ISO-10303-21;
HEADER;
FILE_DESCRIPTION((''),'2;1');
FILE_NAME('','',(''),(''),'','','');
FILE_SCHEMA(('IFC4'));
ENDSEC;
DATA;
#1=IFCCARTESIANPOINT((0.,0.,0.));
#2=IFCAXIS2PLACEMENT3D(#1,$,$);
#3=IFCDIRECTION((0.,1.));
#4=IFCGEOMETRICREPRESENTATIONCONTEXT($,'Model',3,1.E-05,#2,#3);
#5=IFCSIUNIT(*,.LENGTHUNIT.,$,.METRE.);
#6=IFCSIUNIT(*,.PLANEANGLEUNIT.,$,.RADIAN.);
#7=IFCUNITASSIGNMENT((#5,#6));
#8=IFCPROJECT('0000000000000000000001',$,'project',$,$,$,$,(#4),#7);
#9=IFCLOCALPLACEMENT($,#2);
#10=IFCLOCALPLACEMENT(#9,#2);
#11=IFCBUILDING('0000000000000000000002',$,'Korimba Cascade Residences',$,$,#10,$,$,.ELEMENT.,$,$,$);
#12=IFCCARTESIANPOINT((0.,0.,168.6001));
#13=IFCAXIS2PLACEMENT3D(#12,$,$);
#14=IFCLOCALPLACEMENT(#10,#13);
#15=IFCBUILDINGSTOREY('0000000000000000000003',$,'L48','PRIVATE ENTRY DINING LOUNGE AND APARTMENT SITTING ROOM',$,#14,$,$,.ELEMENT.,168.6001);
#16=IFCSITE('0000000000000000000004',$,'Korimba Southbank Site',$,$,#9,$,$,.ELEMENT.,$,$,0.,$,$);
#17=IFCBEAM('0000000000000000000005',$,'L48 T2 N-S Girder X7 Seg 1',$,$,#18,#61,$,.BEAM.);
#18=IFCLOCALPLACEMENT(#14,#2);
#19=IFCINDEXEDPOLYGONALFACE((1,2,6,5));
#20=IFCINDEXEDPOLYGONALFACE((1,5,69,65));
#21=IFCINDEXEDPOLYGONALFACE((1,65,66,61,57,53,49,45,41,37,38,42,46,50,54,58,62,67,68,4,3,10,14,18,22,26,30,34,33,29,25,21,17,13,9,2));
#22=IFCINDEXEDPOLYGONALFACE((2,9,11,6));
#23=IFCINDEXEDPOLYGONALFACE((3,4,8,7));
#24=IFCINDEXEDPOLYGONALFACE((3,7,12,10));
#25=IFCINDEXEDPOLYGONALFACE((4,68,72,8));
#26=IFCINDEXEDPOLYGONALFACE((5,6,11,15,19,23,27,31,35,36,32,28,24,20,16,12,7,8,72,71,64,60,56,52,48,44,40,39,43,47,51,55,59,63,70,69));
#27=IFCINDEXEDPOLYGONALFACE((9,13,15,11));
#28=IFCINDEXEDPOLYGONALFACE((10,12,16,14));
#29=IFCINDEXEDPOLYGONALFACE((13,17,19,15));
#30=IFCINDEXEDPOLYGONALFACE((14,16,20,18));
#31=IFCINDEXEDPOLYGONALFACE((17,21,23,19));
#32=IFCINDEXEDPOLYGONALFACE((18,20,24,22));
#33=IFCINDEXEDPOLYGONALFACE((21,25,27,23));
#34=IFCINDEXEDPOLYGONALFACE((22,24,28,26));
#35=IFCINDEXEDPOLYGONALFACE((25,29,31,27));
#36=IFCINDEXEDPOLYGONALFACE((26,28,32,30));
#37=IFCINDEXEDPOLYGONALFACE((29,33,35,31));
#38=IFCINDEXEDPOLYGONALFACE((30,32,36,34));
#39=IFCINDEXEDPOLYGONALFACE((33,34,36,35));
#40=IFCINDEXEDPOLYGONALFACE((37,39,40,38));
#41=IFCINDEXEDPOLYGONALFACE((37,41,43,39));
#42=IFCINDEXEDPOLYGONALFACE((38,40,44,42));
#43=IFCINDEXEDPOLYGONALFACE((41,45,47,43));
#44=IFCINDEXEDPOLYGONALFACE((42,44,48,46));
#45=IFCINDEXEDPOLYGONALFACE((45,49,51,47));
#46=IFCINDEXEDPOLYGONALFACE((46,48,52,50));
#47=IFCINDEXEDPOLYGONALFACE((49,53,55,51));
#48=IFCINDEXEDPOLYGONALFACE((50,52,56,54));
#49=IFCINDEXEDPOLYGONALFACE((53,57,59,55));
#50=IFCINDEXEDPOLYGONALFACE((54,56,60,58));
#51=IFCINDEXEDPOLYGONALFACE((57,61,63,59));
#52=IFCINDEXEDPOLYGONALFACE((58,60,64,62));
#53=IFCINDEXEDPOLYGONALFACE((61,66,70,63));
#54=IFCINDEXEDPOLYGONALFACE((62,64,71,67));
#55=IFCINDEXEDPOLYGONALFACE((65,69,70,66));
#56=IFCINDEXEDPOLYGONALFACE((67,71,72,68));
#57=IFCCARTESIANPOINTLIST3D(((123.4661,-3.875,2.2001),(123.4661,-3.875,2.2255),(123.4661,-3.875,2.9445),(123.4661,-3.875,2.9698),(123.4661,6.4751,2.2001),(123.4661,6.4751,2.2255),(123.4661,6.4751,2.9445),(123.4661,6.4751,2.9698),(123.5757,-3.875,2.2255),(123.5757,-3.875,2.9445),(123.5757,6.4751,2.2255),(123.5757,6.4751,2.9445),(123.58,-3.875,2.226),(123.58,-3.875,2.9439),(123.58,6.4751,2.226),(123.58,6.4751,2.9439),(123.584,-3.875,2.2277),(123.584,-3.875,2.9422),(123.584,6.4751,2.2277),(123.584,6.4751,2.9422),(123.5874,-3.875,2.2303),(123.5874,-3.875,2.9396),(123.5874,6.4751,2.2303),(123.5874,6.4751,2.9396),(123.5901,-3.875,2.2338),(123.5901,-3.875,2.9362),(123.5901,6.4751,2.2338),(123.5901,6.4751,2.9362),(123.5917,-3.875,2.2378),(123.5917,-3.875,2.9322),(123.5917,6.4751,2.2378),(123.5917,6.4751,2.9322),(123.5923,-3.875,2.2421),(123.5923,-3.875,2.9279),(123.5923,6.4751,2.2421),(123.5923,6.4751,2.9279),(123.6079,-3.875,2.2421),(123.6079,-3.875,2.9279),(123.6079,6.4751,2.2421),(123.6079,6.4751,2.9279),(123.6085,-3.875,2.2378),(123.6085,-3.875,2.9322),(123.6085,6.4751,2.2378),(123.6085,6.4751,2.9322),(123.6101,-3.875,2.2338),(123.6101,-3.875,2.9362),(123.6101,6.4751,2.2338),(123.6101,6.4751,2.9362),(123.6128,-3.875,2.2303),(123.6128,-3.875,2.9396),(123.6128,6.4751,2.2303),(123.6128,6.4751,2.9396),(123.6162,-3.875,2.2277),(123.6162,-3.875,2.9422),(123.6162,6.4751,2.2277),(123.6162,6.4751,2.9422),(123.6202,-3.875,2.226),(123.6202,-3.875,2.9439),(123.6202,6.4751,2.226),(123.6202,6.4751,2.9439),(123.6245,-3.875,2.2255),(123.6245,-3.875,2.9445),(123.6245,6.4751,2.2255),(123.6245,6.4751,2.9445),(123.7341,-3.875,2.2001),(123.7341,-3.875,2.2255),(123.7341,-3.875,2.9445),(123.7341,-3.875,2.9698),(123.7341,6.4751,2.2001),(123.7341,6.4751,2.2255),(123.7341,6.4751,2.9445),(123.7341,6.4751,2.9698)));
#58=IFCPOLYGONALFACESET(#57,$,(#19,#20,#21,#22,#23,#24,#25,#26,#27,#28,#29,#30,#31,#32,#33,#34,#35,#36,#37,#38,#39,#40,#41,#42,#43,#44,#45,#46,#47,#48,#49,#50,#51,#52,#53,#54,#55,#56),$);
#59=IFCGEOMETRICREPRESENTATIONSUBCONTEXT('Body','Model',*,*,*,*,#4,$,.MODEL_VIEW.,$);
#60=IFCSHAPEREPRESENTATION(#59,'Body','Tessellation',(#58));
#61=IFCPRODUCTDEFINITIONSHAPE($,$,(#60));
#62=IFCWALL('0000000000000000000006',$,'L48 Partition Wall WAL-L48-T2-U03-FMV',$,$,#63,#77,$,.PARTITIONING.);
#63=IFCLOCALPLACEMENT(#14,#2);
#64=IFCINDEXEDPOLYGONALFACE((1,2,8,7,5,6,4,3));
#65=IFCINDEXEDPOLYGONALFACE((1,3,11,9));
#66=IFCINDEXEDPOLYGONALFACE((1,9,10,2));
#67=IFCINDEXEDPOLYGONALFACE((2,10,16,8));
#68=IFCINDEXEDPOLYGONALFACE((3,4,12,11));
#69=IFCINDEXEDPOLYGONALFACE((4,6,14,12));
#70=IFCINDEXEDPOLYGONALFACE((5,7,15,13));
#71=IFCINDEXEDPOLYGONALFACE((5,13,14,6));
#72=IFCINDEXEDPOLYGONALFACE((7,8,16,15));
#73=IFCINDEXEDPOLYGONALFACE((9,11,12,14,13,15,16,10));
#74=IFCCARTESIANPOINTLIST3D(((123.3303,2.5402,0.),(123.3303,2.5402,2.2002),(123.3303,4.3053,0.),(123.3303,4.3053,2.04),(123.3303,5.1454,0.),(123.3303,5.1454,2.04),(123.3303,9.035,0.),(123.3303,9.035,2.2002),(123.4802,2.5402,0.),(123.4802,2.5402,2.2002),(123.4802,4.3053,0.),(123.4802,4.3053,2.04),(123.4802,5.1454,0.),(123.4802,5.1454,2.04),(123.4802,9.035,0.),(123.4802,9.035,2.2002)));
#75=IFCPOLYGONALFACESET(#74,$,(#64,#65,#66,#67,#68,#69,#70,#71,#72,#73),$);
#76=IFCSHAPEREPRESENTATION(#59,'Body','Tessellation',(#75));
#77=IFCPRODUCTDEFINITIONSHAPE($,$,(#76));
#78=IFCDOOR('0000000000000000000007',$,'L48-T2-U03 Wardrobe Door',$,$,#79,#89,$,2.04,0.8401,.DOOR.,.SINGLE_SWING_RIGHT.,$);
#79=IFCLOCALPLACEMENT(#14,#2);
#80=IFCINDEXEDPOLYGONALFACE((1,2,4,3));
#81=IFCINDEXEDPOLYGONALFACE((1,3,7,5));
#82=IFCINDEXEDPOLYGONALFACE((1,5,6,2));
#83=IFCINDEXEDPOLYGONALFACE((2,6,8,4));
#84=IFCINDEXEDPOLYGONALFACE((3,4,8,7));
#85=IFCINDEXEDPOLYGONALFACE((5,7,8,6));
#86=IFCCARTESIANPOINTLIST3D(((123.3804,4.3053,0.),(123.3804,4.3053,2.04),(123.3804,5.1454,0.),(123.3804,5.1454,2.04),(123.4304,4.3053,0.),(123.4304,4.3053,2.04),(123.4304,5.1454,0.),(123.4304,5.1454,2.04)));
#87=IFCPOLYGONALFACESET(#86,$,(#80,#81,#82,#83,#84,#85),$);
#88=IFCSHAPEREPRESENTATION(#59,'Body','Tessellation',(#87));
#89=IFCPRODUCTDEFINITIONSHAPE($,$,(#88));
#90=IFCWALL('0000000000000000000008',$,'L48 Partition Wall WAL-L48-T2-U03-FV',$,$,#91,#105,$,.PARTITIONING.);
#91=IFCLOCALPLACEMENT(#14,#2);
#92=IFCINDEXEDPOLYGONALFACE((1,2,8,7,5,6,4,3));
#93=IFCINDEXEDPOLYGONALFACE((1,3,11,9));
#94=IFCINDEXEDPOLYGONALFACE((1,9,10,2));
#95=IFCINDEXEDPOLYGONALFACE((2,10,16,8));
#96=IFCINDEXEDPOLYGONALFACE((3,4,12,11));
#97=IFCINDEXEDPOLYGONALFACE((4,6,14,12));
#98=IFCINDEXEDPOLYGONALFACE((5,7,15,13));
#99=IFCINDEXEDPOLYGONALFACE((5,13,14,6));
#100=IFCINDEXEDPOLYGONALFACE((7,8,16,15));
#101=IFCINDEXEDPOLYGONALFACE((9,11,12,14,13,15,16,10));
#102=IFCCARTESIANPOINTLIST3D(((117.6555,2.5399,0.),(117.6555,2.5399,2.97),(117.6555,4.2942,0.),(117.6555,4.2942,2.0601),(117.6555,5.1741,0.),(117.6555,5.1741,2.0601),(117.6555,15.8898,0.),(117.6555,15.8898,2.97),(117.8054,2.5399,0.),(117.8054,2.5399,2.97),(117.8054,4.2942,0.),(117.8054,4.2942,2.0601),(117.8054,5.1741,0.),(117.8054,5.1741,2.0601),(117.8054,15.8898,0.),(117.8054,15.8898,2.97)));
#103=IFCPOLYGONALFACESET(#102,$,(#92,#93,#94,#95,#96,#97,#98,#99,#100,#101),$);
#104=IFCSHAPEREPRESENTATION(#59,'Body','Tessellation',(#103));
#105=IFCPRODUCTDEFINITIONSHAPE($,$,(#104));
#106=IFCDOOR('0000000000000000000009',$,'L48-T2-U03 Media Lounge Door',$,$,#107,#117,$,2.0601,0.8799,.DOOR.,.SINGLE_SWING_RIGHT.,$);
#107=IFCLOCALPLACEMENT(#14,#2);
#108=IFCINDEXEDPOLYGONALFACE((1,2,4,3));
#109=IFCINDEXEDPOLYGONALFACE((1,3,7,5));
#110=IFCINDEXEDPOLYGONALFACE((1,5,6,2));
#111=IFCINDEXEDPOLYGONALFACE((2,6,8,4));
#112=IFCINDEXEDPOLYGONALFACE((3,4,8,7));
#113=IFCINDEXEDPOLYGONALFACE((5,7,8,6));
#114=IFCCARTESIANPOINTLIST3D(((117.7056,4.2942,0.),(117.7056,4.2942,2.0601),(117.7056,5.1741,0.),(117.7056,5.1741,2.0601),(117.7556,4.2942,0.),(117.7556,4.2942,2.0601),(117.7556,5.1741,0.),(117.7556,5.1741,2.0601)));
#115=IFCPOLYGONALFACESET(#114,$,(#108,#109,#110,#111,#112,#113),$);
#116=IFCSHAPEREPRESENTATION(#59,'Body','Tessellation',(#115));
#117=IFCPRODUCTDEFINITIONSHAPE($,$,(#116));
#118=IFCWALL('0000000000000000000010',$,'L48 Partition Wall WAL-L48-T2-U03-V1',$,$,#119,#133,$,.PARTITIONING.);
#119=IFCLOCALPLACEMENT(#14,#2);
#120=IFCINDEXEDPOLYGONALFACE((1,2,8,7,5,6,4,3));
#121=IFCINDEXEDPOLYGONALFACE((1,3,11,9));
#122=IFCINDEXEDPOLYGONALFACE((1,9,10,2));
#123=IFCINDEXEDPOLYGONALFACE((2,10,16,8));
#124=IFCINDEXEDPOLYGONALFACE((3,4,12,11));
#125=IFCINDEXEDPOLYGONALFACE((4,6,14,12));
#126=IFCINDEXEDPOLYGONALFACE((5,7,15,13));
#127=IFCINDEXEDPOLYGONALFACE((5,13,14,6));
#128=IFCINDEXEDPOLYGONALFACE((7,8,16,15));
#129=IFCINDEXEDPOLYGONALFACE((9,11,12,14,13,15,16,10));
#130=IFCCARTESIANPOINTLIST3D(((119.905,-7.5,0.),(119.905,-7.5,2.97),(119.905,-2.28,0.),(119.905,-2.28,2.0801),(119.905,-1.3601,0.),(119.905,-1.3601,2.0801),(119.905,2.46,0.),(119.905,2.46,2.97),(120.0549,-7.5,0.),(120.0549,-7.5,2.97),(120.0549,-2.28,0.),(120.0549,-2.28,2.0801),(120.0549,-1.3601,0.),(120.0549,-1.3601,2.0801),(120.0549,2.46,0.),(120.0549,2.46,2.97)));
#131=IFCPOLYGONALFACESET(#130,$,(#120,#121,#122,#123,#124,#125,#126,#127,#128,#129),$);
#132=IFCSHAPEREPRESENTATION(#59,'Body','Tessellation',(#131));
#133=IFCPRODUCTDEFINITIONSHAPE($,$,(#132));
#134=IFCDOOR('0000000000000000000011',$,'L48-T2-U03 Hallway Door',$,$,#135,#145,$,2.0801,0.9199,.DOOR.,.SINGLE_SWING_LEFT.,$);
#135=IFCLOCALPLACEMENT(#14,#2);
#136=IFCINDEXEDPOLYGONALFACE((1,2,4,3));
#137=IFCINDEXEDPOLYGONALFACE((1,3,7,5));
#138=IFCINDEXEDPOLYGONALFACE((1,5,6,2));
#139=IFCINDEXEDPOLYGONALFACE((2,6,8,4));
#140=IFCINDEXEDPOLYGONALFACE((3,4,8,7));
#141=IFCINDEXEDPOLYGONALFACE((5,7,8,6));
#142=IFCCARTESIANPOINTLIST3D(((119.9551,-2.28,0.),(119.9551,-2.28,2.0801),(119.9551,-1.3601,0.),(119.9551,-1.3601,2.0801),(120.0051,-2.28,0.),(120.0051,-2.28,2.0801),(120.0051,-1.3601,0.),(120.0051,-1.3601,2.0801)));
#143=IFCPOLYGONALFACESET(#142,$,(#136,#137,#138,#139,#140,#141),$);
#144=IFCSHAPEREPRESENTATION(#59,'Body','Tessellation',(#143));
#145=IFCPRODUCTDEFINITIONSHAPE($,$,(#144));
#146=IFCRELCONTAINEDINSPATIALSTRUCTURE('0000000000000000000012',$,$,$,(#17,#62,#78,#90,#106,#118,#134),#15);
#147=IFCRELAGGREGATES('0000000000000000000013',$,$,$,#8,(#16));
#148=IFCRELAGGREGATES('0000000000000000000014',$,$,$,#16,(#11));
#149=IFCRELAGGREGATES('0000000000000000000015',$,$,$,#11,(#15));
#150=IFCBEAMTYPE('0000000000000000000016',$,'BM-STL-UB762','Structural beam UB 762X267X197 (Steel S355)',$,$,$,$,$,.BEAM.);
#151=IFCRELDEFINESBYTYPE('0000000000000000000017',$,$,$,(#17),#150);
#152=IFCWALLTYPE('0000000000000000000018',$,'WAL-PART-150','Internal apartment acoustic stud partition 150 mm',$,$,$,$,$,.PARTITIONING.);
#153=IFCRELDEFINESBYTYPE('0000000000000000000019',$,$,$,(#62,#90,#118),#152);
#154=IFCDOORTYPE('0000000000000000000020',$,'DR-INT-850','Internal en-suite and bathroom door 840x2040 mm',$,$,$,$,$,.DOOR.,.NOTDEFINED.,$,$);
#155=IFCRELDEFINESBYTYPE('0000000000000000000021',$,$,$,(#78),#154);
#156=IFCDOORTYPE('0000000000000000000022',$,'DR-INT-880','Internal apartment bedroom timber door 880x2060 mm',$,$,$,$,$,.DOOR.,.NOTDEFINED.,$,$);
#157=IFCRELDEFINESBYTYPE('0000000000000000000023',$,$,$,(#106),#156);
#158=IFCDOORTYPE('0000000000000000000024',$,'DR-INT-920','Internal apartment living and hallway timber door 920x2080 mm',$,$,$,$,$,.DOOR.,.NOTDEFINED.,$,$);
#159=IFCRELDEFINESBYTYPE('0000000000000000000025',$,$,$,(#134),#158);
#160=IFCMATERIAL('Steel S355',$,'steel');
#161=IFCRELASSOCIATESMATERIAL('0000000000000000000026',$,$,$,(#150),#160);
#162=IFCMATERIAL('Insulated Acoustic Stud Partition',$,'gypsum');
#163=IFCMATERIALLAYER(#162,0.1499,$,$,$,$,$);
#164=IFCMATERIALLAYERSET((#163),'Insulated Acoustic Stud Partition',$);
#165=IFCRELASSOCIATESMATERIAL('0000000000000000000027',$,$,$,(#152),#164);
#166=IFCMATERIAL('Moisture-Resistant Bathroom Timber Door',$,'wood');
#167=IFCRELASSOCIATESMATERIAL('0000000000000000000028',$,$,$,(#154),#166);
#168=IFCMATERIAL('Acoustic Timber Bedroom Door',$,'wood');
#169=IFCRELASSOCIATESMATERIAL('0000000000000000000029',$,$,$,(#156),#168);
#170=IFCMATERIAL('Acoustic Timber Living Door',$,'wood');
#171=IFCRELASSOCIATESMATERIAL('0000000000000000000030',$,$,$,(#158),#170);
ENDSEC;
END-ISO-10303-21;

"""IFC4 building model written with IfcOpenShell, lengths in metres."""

from ifc_helpers import new_model, si_unit, direction, frame, frame_2d, origin, origin_2d, place, context, subcontext, project, spatial, rectangle, i_section, extrude, material, layer, layer_set, material_profile, profile_set, type_object, element, fill, save


model = new_model("IFC4")

# Units and contexts
model_context = context("Model", 3, precision=1e-05, world=origin(), true_north=direction((0.0, 1.0)))
body_context = subcontext(model_context, "Body", "Model", "MODEL_VIEW")
ifc_project = project(units=[si_unit("LENGTHUNIT", "METRE"), si_unit("PLANEANGLEUNIT", "RADIAN")], contexts=[model_context])

# Site, building, storey
site_placement = place(None, origin())
site = spatial("IfcSite", under=ifc_project, at=site_placement, Name="Korimba Southbank Site", CompositionType="ELEMENT", RefElevation=0.0)
building_placement = place(site_placement, origin())
building = spatial("IfcBuilding", under=site, at=building_placement, Name="Korimba Cascade Residences", CompositionType="ELEMENT")
storey_placement = place(building_placement, frame((0.0, 0.0, 168.6001)))
storey = spatial("IfcBuildingStorey", under=building, at=storey_placement, Name="L48", Description="PRIVATE ENTRY DINING LOUNGE AND APARTMENT SITTING ROOM", CompositionType="ELEMENT", Elevation=168.6001)

# Beam
ifc_material_1 = material(Name="Steel S355", Category="steel")
ifc_material_profile_1 = material_profile(ifc_material_1, i_section(OverallWidth=0.2681, OverallDepth=0.7698, WebThickness=0.0156, FlangeThickness=0.0254, FilletRadius=0.0166, at=origin_2d()), Name="Steel S355")
ifc_profile_set_1 = profile_set([ifc_material_profile_1], Name="Steel S355")
beam_type_1 = type_object("IfcBeamType", Name="BM-STL-UB762", Description="Structural beam UB 762X267X197 (Steel S355)", PredefinedType="BEAM", material=ifc_profile_set_1)
for number, where, z_axis, x_axis, name in (
    (1, (123.6001, -3.875, 2.585), (0.0, 1.0, 0.0), (-1.0, 0.0, 0.0), "L48 T2 N-S Girder X7 Seg 1"),
):
    element("IfcBeam", number, at=place(storey_placement, frame(where, z_axis=z_axis, x_axis=x_axis)), inside=storey, type_object=beam_type_1, Name=name, PredefinedType="BEAM", context=body_context, shape_type="SweptSolid", body=[
        extrude(i_section(OverallWidth=0.2681, OverallDepth=0.7698, WebThickness=0.0156, FlangeThickness=0.0254, FilletRadius=0.0166, at=origin_2d()), origin(), (0.0, 0.0, 1.0), 10.3501),
    ])

# Walls, openings, doors
ifc_material_2 = material(Name="Insulated Acoustic Stud Partition", Category="gypsum")
ifc_layer = layer(ifc_material_2, 0.1499)
ifc_layer_set = layer_set([ifc_layer], Name="Insulated Acoustic Stud Partition")
wall_type = type_object("IfcWallType", Name="WAL-PART-150", Description="Internal apartment acoustic stud partition 150 mm", PredefinedType="PARTITIONING", material=ifc_layer_set)
wall_1_placement = place(storey_placement, frame((123.4053, 2.54, 0.0), z_axis=(0.0, 0.0, 1.0), x_axis=(0.0, 1.0, 0.0)))
wall_1 = element("IfcWall", 2, at=wall_1_placement, inside=storey, type_object=wall_type, Name="L48 Partition Wall WAL-L48-T2-U03-FMV", PredefinedType="PARTITIONING", context=body_context, shape_type="SweptSolid", body=[
    extrude(rectangle(XDim=6.4949, YDim=0.1499, at=frame_2d((3.2476, 0.0))), origin(), (0.0, 0.0, 1.0), 2.2002),
])
opening_1_placement = place(wall_1_placement, frame((1.7654, 0.0, 0.0)))
opening_1 = element("IfcOpeningElement", 3, at=opening_1_placement, cuts=wall_1, PredefinedType="OPENING", context=body_context, shape_type="SweptSolid", body=[
    extrude(rectangle(XDim=0.8401, YDim=2.04, at=frame_2d((0.4199, 1.02))), frame((0.0, 0.085, 0.0), z_axis=(0.0, -1.0, 0.0), x_axis=(1.0, 0.0, 0.0)), (0.0, 0.0, 1.0), 0.1699),
])
ifc_material_3 = material(Name="Moisture-Resistant Bathroom Timber Door", Category="wood")
door_type_1 = type_object("IfcDoorType", Name="DR-INT-850", Description="Internal en-suite and bathroom door 840x2040 mm", OperationType="NOTDEFINED", PredefinedType="DOOR", material=ifc_material_3)
door_1_placement = place(opening_1_placement, origin())
door_1 = element("IfcDoor", 4, at=door_1_placement, inside=storey, type_object=door_type_1, Name="L48-T2-U03 Wardrobe Door", OperationType="SINGLE_SWING_RIGHT", OverallHeight=2.04, OverallWidth=0.8401, PredefinedType="DOOR", context=body_context, shape_type="SweptSolid", body=[
    extrude(rectangle(XDim=0.8401, YDim=2.04, at=frame_2d((0.4199, 1.02))), frame((0.0, 0.0249, 0.0), z_axis=(0.0, -1.0, 0.0), x_axis=(1.0, 0.0, 0.0)), (0.0, 0.0, 1.0), 0.05),
])
fill(opening_1, door_1)
wall_2_placement = place(storey_placement, frame((117.7305, 2.54, 0.0), z_axis=(0.0, 0.0, 1.0), x_axis=(0.0, 1.0, 0.0)))
wall_2 = element("IfcWall", 5, at=wall_2_placement, inside=storey, type_object=wall_type, Name="L48 Partition Wall WAL-L48-T2-U03-FV", PredefinedType="PARTITIONING", context=body_context, shape_type="SweptSolid", body=[
    extrude(rectangle(XDim=13.3499, YDim=0.1499, at=frame_2d((6.6748, 0.0))), origin(), (0.0, 0.0, 1.0), 2.97),
])
opening_2_placement = place(wall_2_placement, frame((1.7542, 0.0, 0.0)))
opening_2 = element("IfcOpeningElement", 6, at=opening_2_placement, cuts=wall_2, PredefinedType="OPENING", context=body_context, shape_type="SweptSolid", body=[
    extrude(rectangle(XDim=0.8799, YDim=2.0601, at=frame_2d((0.4399, 1.03))), frame((0.0, 0.085, 0.0), z_axis=(0.0, -1.0, 0.0), x_axis=(1.0, 0.0, 0.0)), (0.0, 0.0, 1.0), 0.1699),
])
ifc_material_4 = material(Name="Acoustic Timber Bedroom Door", Category="wood")
door_type_2 = type_object("IfcDoorType", Name="DR-INT-880", Description="Internal apartment bedroom timber door 880x2060 mm", OperationType="NOTDEFINED", PredefinedType="DOOR", material=ifc_material_4)
door_2_placement = place(opening_2_placement, origin())
door_2 = element("IfcDoor", 7, at=door_2_placement, inside=storey, type_object=door_type_2, Name="L48-T2-U03 Media Lounge Door", OperationType="SINGLE_SWING_RIGHT", OverallHeight=2.0601, OverallWidth=0.8799, PredefinedType="DOOR", context=body_context, shape_type="SweptSolid", body=[
    extrude(rectangle(XDim=0.8799, YDim=2.0601, at=frame_2d((0.4399, 1.03))), frame((0.0, 0.0249, 0.0), z_axis=(0.0, -1.0, 0.0), x_axis=(1.0, 0.0, 0.0)), (0.0, 0.0, 1.0), 0.05),
])
fill(opening_2, door_2)
wall_3_placement = place(storey_placement, frame((119.98, -7.5, 0.0), z_axis=(0.0, 0.0, 1.0), x_axis=(0.0, 1.0, 0.0)))
wall_3 = element("IfcWall", 8, at=wall_3_placement, inside=storey, type_object=wall_type, Name="L48 Partition Wall WAL-L48-T2-U03-V1", PredefinedType="PARTITIONING", context=body_context, shape_type="SweptSolid", body=[
    extrude(rectangle(XDim=9.96, YDim=0.1499, at=frame_2d((4.98, 0.0))), origin(), (0.0, 0.0, 1.0), 2.97),
])
opening_3_placement = place(wall_3_placement, frame((5.22, 0.0, 0.0)))
opening_3 = element("IfcOpeningElement", 9, at=opening_3_placement, cuts=wall_3, PredefinedType="OPENING", context=body_context, shape_type="SweptSolid", body=[
    extrude(rectangle(XDim=0.9199, YDim=2.0801, at=frame_2d((0.46, 1.04))), frame((0.0, 0.085, 0.0), z_axis=(0.0, -1.0, 0.0), x_axis=(1.0, 0.0, 0.0)), (0.0, 0.0, 1.0), 0.1699),
])
ifc_material_5 = material(Name="Acoustic Timber Living Door", Category="wood")
door_type_3 = type_object("IfcDoorType", Name="DR-INT-920", Description="Internal apartment living and hallway timber door 920x2080 mm", OperationType="NOTDEFINED", PredefinedType="DOOR", material=ifc_material_5)
door_3_placement = place(opening_3_placement, origin())
door_3 = element("IfcDoor", 10, at=door_3_placement, inside=storey, type_object=door_type_3, Name="L48-T2-U03 Hallway Door", OperationType="SINGLE_SWING_LEFT", OverallHeight=2.0801, OverallWidth=0.9199, PredefinedType="DOOR", context=body_context, shape_type="SweptSolid", body=[
    extrude(rectangle(XDim=0.9199, YDim=2.0801, at=frame_2d((0.46, 1.04))), frame((0.0, 0.0249, 0.0), z_axis=(0.0, -1.0, 0.0), x_axis=(1.0, 0.0, 0.0)), (0.0, 0.0, 1.0), 0.05),
])
fill(opening_3, door_3)

save(model, "model.ifc")
